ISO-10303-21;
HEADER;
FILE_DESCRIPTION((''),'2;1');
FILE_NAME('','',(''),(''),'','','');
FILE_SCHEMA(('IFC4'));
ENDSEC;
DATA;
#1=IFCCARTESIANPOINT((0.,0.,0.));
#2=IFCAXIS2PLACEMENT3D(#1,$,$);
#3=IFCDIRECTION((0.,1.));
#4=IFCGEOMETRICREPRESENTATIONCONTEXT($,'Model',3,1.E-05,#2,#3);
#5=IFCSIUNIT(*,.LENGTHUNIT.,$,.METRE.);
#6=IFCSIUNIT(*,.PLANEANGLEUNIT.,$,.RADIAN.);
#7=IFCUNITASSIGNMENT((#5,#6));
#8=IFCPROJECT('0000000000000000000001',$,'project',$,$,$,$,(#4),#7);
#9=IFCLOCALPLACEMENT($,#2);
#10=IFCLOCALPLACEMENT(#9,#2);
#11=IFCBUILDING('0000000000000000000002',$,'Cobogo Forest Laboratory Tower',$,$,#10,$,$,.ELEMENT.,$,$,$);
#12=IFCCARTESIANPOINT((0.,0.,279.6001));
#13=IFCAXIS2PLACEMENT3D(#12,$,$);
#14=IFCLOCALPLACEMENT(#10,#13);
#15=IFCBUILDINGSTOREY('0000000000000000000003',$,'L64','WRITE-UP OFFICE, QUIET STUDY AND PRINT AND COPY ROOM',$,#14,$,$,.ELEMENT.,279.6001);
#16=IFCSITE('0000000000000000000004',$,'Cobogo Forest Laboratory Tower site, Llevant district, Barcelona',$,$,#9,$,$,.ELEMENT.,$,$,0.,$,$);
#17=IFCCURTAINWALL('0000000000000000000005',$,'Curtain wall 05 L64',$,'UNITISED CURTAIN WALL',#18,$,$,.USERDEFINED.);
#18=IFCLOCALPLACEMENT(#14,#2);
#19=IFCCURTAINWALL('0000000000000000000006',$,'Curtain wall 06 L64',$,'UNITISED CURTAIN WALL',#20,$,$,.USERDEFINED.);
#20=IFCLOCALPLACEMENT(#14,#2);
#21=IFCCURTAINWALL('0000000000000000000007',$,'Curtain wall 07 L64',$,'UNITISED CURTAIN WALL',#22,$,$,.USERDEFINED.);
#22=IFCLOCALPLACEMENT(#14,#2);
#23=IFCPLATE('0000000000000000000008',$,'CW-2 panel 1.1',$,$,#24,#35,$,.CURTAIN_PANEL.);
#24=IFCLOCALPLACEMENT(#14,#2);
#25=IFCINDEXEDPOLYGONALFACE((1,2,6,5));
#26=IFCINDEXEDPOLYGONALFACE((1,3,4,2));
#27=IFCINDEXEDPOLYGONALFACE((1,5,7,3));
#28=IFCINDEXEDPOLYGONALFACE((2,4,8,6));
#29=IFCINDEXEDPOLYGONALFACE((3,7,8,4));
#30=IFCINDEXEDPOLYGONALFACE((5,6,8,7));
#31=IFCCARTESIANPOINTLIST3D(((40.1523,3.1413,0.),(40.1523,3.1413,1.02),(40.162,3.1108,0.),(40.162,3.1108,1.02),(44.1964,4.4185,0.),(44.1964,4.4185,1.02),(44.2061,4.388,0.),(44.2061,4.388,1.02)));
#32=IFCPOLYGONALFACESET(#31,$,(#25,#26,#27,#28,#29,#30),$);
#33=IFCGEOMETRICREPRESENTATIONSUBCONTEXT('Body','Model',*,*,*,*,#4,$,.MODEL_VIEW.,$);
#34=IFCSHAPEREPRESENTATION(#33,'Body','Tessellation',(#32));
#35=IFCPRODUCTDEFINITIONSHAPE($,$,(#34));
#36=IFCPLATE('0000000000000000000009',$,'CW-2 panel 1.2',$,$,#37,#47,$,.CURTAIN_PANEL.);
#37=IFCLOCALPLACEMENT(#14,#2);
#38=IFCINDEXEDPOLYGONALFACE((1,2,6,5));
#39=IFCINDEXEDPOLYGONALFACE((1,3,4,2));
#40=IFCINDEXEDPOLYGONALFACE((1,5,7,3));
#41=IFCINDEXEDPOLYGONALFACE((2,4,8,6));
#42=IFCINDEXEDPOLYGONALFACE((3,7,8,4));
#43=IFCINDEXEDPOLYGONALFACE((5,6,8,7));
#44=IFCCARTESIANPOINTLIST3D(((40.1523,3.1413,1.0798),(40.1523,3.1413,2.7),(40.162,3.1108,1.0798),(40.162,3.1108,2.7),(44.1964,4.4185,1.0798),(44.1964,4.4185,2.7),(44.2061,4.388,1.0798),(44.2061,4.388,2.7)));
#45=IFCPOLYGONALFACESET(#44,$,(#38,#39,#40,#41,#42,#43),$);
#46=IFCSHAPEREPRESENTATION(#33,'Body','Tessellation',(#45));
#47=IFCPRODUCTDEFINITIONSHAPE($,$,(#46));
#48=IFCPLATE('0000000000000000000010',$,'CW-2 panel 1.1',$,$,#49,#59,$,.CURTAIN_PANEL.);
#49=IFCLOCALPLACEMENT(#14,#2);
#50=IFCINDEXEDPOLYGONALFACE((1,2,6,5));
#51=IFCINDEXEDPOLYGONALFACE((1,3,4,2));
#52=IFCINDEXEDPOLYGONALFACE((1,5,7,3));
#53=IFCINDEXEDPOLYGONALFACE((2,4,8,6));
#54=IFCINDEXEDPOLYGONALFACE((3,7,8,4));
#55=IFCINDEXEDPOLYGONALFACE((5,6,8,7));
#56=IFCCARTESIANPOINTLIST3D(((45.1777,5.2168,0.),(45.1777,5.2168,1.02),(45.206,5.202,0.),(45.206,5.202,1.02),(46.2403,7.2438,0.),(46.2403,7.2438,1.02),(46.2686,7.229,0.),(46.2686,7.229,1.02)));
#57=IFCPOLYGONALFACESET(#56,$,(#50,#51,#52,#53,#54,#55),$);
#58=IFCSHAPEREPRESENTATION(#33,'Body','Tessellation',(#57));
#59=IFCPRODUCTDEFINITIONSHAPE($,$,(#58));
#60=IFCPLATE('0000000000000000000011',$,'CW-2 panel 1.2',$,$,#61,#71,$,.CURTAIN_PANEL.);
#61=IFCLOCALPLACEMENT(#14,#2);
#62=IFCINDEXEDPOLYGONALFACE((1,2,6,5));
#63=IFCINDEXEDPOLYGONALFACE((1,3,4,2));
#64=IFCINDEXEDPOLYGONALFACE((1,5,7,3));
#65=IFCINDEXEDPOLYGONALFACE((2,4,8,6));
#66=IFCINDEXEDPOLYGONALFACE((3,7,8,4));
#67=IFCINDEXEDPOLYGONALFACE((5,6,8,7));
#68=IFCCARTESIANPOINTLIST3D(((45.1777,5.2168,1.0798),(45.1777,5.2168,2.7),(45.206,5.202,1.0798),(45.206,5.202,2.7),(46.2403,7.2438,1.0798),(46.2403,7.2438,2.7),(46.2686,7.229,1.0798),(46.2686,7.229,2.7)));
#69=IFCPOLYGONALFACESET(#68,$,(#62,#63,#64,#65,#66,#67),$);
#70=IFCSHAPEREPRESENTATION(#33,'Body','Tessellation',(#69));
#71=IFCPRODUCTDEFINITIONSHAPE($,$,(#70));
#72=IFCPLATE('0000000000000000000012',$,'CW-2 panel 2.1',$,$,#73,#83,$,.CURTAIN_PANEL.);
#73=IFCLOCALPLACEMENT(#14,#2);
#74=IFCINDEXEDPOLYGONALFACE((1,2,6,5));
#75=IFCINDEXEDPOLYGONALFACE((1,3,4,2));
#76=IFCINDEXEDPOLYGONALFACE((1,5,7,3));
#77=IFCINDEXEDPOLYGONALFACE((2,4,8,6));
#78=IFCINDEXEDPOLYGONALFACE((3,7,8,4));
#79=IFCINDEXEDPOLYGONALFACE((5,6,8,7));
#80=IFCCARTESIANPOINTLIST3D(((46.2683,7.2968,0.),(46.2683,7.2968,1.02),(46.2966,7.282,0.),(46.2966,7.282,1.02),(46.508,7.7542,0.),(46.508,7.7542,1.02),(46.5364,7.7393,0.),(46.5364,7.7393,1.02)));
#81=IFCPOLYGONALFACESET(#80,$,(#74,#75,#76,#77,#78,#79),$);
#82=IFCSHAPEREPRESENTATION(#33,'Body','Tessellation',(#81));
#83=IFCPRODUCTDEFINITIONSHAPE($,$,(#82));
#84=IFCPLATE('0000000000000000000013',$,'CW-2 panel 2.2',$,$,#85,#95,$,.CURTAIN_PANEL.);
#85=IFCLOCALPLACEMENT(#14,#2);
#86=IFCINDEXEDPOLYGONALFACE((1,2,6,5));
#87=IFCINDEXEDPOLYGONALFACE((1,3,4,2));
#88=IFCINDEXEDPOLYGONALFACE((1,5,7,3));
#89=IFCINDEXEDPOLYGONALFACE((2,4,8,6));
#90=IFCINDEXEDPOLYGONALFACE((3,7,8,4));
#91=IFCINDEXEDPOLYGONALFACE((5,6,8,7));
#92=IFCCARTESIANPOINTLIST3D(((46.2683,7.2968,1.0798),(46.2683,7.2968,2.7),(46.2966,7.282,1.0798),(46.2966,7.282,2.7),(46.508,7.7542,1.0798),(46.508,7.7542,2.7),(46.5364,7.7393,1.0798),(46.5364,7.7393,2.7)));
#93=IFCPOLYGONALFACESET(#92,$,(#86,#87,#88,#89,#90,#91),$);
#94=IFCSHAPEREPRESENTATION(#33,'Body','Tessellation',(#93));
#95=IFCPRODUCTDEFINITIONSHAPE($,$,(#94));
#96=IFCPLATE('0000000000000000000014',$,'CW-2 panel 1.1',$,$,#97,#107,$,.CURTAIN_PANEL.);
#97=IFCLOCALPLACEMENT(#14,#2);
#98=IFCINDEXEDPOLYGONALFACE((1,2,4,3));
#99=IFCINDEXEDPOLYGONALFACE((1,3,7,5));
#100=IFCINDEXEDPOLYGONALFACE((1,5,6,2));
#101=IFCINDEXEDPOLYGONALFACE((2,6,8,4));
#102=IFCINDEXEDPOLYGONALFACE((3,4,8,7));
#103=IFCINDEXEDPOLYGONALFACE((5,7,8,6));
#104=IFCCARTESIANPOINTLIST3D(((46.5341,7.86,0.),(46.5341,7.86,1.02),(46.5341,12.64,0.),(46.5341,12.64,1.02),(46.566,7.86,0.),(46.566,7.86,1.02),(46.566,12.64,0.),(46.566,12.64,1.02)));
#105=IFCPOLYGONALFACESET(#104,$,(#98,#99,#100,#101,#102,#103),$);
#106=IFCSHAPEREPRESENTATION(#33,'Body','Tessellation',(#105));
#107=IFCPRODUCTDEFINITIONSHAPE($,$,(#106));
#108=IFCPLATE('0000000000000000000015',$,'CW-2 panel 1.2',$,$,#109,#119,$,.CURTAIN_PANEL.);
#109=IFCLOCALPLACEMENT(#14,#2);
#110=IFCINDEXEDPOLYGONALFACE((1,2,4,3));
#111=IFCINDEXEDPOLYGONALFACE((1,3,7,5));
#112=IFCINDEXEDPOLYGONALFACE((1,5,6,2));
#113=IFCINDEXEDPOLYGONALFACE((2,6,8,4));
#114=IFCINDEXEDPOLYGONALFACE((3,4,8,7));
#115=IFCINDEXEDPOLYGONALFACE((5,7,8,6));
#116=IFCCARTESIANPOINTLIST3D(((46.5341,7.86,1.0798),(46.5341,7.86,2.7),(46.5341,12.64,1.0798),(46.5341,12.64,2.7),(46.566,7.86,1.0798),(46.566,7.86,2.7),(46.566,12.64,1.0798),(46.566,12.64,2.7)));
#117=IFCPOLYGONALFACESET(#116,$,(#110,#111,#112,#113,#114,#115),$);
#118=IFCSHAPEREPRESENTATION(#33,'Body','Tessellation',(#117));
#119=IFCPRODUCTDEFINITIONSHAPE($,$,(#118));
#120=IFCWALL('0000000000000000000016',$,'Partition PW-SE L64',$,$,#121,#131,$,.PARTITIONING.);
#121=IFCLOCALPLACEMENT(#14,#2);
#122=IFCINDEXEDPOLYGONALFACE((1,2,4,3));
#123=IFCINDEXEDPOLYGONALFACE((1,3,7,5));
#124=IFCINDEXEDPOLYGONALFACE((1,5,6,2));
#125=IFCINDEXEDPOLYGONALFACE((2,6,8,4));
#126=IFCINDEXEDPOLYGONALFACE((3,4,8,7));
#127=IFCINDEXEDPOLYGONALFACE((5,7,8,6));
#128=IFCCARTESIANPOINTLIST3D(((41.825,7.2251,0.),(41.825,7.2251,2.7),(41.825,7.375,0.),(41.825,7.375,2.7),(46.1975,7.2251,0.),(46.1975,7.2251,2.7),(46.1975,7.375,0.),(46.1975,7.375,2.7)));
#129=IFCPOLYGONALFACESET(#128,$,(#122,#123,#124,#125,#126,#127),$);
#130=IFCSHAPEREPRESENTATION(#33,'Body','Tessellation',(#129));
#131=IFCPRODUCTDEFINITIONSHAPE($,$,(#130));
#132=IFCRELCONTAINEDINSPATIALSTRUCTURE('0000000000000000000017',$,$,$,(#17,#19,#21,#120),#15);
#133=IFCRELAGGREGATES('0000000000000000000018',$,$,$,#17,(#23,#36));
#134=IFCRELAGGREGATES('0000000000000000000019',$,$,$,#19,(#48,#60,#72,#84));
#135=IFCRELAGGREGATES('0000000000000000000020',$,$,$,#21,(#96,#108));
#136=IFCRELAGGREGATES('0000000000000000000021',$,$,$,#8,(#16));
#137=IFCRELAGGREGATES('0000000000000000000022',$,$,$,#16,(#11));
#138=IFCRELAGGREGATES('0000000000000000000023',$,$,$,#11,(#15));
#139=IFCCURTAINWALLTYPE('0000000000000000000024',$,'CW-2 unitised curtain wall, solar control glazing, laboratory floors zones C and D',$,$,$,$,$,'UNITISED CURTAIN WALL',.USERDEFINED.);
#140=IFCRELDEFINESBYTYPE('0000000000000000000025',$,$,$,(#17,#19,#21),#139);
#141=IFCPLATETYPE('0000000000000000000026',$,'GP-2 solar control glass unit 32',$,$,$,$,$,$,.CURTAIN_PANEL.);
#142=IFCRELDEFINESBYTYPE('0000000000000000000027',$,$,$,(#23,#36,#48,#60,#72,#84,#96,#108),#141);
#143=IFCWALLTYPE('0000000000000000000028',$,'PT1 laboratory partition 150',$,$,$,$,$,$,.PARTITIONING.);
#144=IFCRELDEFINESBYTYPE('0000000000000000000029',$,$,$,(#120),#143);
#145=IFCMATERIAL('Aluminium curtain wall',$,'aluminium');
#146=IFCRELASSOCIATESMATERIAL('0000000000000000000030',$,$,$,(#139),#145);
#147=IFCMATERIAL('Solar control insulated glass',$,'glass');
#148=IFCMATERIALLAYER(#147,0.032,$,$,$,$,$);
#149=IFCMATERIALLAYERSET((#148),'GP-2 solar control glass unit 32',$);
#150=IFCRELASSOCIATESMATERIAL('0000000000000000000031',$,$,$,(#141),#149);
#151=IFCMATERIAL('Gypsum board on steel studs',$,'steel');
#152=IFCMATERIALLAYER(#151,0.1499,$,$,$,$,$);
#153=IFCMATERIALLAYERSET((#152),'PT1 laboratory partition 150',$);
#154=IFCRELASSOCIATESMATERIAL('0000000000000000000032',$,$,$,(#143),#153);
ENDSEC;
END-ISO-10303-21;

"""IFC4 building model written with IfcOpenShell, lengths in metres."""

from ifc_helpers import new_model, si_unit, direction, frame, frame_2d, origin, origin_2d, place, context, subcontext, project, spatial, rectangle, extrude, material, layer, layer_set, type_object, element, aggregate, save


model = new_model("IFC4")

# Units and contexts
model_context = context("Model", 3, precision=1e-05, world=origin(), true_north=direction((0.0, 1.0)))
body_context = subcontext(model_context, "Body", "Model", "MODEL_VIEW")
ifc_project = project(units=[si_unit("LENGTHUNIT", "METRE"), si_unit("PLANEANGLEUNIT", "RADIAN")], contexts=[model_context])

# Site, building, storey
site_placement = place(None, origin())
site = spatial("IfcSite", under=ifc_project, at=site_placement, Name="Cobogo Forest Laboratory Tower site, Llevant district, Barcelona", CompositionType="ELEMENT", RefElevation=0.0)
building_placement = place(site_placement, origin())
building = spatial("IfcBuilding", under=site, at=building_placement, Name="Cobogo Forest Laboratory Tower", CompositionType="ELEMENT")
storey_placement = place(building_placement, frame((0.0, 0.0, 279.6001)))
storey = spatial("IfcBuildingStorey", under=building, at=storey_placement, Name="L64", Description="WRITE-UP OFFICE, QUIET STUDY AND PRINT AND COPY ROOM", CompositionType="ELEMENT", Elevation=279.6001)

# Curtain walls
ifc_material_1 = material(Name="Aluminium curtain wall", Category="aluminium")
curtain_wall_type = type_object("IfcCurtainWallType", Name="CW-2 unitised curtain wall, solar control glazing, laboratory floors zones C and D", ElementType="UNITISED CURTAIN WALL", PredefinedType="USERDEFINED", material=ifc_material_1)
curtain_wall_1_placement = place(storey_placement, origin())
curtain_wall_1 = element("IfcCurtainWall", 1, at=curtain_wall_1_placement, inside=storey, type_object=curtain_wall_type, Name="Curtain wall 05 L64", ObjectType="UNITISED CURTAIN WALL", PredefinedType="USERDEFINED")
curtain_wall_2_placement = place(storey_placement, origin())
curtain_wall_2 = element("IfcCurtainWall", 2, at=curtain_wall_2_placement, inside=storey, type_object=curtain_wall_type, Name="Curtain wall 06 L64", ObjectType="UNITISED CURTAIN WALL", PredefinedType="USERDEFINED")

# Curtain wall
curtain_wall_3_placement = place(storey_placement, origin())
curtain_wall_3 = element("IfcCurtainWall", 3, at=curtain_wall_3_placement, inside=storey, type_object=curtain_wall_type, Name="Curtain wall 07 L64", ObjectType="UNITISED CURTAIN WALL", PredefinedType="USERDEFINED")

# Plates
ifc_material_2 = material(Name="Solar control insulated glass", Category="glass")
ifc_layer_1 = layer(ifc_material_2, 0.032)
ifc_layer_set_1 = layer_set([ifc_layer_1], Name="GP-2 solar control glass unit 32")
plate_type = type_object("IfcPlateType", Name="GP-2 solar control glass unit 32", PredefinedType="CURTAIN_PANEL", material=ifc_layer_set_1)
plate_1_placement = place(storey_placement, frame((42.1792, 3.7646, 0.0), z_axis=(0.0, 0.0, 1.0), x_axis=(0.953581, 0.301135, 0.0)))
plate_1 = element("IfcPlate", 4, at=plate_1_placement, type_object=plate_type, Name="CW-2 panel 1.1", PredefinedType="CURTAIN_PANEL", context=body_context, shape_type="SweptSolid", body=[
    extrude(rectangle(XDim=4.241, YDim=0.032, at=origin_2d()), origin(), (0.0, 0.0, 1.0), 1.02),
])
plate_2_placement = place(storey_placement, frame((42.1792, 3.7646, 1.0798), z_axis=(0.0, 0.0, 1.0), x_axis=(0.953581, 0.301135, 0.0)))
plate_2 = element("IfcPlate", 5, at=plate_2_placement, type_object=plate_type, Name="CW-2 panel 1.2", PredefinedType="CURTAIN_PANEL", context=body_context, shape_type="SweptSolid", body=[
    extrude(rectangle(XDim=4.241, YDim=0.032, at=origin_2d()), origin(), (0.0, 0.0, 1.0), 1.6201),
])
aggregate(curtain_wall_1, [plate_1, plate_2])
plate_3_placement = place(storey_placement, frame((45.7231, 6.2229, 0.0), z_axis=(0.0, 0.0, 1.0), x_axis=(0.464284, 0.885686, 0.0)))
plate_3 = element("IfcPlate", 6, at=plate_3_placement, type_object=plate_type, Name="CW-2 panel 1.1", PredefinedType="CURTAIN_PANEL", context=body_context, shape_type="SweptSolid", body=[
    extrude(rectangle(XDim=2.2886, YDim=0.032, at=origin_2d()), origin(), (0.0, 0.0, 1.0), 1.02),
])
plate_4_placement = place(storey_placement, frame((45.7231, 6.2229, 1.0798), z_axis=(0.0, 0.0, 1.0), x_axis=(0.464284, 0.885686, 0.0)))
plate_4 = element("IfcPlate", 7, at=plate_4_placement, type_object=plate_type, Name="CW-2 panel 1.2", PredefinedType="CURTAIN_PANEL", context=body_context, shape_type="SweptSolid", body=[
    extrude(rectangle(XDim=2.2886, YDim=0.032, at=origin_2d()), origin(), (0.0, 0.0, 1.0), 1.6201),
])
plate_5_placement = place(storey_placement, frame((46.4023, 7.5181, 0.0), z_axis=(0.0, 0.0, 1.0), x_axis=(0.464284, 0.885686, 0.0)))
plate_5 = element("IfcPlate", 8, at=plate_5_placement, type_object=plate_type, Name="CW-2 panel 2.1", PredefinedType="CURTAIN_PANEL", context=body_context, shape_type="SweptSolid", body=[
    extrude(rectangle(XDim=0.5164, YDim=0.032, at=origin_2d()), origin(), (0.0, 0.0, 1.0), 1.02),
])
plate_6_placement = place(storey_placement, frame((46.4023, 7.5181, 1.0798), z_axis=(0.0, 0.0, 1.0), x_axis=(0.464284, 0.885686, 0.0)))
plate_6 = element("IfcPlate", 9, at=plate_6_placement, type_object=plate_type, Name="CW-2 panel 2.2", PredefinedType="CURTAIN_PANEL", context=body_context, shape_type="SweptSolid", body=[
    extrude(rectangle(XDim=0.5164, YDim=0.032, at=origin_2d()), origin(), (0.0, 0.0, 1.0), 1.6201),
])
aggregate(curtain_wall_2, [plate_3, plate_4, plate_5, plate_6])
plate_7_placement = place(storey_placement, frame((46.55, 10.25, 0.0), z_axis=(0.0, 0.0, 1.0), x_axis=(0.0, 1.0, 0.0)))
plate_7 = element("IfcPlate", 10, at=plate_7_placement, type_object=plate_type, Name="CW-2 panel 1.1", PredefinedType="CURTAIN_PANEL", context=body_context, shape_type="SweptSolid", body=[
    extrude(rectangle(XDim=4.78, YDim=0.032, at=origin_2d()), origin(), (0.0, 0.0, 1.0), 1.02),
])
plate_8_placement = place(storey_placement, frame((46.55, 10.25, 1.0798), z_axis=(0.0, 0.0, 1.0), x_axis=(0.0, 1.0, 0.0)))
plate_8 = element("IfcPlate", 11, at=plate_8_placement, type_object=plate_type, Name="CW-2 panel 1.2", PredefinedType="CURTAIN_PANEL", context=body_context, shape_type="SweptSolid", body=[
    extrude(rectangle(XDim=4.78, YDim=0.032, at=origin_2d()), origin(), (0.0, 0.0, 1.0), 1.6201),
])
aggregate(curtain_wall_3, [plate_7, plate_8])

# Wall
ifc_material_3 = material(Name="Gypsum board on steel studs", Category="steel")
ifc_layer_2 = layer(ifc_material_3, 0.1499)
ifc_layer_set_2 = layer_set([ifc_layer_2], Name="PT1 laboratory partition 150")
wall_type_1 = type_object("IfcWallType", Name="PT1 laboratory partition 150", PredefinedType="PARTITIONING", material=ifc_layer_set_2)
wall_1_placement = place(storey_placement, frame((46.1975, 7.3, 0.0), z_axis=(0.0, 0.0, 1.0), x_axis=(-1.0, 0.0, 0.0)))
element("IfcWall", 12, at=wall_1_placement, inside=storey, type_object=wall_type_1, Name="Partition PW-SE L64", PredefinedType="PARTITIONING", context=body_context, shape_type="SweptSolid", body=[
    extrude(rectangle(XDim=4.3726, YDim=0.1499, at=frame_2d((2.1863, 0.0))), origin(), (0.0, 0.0, 1.0), 2.7),
])

save(model, "model.ifc")
